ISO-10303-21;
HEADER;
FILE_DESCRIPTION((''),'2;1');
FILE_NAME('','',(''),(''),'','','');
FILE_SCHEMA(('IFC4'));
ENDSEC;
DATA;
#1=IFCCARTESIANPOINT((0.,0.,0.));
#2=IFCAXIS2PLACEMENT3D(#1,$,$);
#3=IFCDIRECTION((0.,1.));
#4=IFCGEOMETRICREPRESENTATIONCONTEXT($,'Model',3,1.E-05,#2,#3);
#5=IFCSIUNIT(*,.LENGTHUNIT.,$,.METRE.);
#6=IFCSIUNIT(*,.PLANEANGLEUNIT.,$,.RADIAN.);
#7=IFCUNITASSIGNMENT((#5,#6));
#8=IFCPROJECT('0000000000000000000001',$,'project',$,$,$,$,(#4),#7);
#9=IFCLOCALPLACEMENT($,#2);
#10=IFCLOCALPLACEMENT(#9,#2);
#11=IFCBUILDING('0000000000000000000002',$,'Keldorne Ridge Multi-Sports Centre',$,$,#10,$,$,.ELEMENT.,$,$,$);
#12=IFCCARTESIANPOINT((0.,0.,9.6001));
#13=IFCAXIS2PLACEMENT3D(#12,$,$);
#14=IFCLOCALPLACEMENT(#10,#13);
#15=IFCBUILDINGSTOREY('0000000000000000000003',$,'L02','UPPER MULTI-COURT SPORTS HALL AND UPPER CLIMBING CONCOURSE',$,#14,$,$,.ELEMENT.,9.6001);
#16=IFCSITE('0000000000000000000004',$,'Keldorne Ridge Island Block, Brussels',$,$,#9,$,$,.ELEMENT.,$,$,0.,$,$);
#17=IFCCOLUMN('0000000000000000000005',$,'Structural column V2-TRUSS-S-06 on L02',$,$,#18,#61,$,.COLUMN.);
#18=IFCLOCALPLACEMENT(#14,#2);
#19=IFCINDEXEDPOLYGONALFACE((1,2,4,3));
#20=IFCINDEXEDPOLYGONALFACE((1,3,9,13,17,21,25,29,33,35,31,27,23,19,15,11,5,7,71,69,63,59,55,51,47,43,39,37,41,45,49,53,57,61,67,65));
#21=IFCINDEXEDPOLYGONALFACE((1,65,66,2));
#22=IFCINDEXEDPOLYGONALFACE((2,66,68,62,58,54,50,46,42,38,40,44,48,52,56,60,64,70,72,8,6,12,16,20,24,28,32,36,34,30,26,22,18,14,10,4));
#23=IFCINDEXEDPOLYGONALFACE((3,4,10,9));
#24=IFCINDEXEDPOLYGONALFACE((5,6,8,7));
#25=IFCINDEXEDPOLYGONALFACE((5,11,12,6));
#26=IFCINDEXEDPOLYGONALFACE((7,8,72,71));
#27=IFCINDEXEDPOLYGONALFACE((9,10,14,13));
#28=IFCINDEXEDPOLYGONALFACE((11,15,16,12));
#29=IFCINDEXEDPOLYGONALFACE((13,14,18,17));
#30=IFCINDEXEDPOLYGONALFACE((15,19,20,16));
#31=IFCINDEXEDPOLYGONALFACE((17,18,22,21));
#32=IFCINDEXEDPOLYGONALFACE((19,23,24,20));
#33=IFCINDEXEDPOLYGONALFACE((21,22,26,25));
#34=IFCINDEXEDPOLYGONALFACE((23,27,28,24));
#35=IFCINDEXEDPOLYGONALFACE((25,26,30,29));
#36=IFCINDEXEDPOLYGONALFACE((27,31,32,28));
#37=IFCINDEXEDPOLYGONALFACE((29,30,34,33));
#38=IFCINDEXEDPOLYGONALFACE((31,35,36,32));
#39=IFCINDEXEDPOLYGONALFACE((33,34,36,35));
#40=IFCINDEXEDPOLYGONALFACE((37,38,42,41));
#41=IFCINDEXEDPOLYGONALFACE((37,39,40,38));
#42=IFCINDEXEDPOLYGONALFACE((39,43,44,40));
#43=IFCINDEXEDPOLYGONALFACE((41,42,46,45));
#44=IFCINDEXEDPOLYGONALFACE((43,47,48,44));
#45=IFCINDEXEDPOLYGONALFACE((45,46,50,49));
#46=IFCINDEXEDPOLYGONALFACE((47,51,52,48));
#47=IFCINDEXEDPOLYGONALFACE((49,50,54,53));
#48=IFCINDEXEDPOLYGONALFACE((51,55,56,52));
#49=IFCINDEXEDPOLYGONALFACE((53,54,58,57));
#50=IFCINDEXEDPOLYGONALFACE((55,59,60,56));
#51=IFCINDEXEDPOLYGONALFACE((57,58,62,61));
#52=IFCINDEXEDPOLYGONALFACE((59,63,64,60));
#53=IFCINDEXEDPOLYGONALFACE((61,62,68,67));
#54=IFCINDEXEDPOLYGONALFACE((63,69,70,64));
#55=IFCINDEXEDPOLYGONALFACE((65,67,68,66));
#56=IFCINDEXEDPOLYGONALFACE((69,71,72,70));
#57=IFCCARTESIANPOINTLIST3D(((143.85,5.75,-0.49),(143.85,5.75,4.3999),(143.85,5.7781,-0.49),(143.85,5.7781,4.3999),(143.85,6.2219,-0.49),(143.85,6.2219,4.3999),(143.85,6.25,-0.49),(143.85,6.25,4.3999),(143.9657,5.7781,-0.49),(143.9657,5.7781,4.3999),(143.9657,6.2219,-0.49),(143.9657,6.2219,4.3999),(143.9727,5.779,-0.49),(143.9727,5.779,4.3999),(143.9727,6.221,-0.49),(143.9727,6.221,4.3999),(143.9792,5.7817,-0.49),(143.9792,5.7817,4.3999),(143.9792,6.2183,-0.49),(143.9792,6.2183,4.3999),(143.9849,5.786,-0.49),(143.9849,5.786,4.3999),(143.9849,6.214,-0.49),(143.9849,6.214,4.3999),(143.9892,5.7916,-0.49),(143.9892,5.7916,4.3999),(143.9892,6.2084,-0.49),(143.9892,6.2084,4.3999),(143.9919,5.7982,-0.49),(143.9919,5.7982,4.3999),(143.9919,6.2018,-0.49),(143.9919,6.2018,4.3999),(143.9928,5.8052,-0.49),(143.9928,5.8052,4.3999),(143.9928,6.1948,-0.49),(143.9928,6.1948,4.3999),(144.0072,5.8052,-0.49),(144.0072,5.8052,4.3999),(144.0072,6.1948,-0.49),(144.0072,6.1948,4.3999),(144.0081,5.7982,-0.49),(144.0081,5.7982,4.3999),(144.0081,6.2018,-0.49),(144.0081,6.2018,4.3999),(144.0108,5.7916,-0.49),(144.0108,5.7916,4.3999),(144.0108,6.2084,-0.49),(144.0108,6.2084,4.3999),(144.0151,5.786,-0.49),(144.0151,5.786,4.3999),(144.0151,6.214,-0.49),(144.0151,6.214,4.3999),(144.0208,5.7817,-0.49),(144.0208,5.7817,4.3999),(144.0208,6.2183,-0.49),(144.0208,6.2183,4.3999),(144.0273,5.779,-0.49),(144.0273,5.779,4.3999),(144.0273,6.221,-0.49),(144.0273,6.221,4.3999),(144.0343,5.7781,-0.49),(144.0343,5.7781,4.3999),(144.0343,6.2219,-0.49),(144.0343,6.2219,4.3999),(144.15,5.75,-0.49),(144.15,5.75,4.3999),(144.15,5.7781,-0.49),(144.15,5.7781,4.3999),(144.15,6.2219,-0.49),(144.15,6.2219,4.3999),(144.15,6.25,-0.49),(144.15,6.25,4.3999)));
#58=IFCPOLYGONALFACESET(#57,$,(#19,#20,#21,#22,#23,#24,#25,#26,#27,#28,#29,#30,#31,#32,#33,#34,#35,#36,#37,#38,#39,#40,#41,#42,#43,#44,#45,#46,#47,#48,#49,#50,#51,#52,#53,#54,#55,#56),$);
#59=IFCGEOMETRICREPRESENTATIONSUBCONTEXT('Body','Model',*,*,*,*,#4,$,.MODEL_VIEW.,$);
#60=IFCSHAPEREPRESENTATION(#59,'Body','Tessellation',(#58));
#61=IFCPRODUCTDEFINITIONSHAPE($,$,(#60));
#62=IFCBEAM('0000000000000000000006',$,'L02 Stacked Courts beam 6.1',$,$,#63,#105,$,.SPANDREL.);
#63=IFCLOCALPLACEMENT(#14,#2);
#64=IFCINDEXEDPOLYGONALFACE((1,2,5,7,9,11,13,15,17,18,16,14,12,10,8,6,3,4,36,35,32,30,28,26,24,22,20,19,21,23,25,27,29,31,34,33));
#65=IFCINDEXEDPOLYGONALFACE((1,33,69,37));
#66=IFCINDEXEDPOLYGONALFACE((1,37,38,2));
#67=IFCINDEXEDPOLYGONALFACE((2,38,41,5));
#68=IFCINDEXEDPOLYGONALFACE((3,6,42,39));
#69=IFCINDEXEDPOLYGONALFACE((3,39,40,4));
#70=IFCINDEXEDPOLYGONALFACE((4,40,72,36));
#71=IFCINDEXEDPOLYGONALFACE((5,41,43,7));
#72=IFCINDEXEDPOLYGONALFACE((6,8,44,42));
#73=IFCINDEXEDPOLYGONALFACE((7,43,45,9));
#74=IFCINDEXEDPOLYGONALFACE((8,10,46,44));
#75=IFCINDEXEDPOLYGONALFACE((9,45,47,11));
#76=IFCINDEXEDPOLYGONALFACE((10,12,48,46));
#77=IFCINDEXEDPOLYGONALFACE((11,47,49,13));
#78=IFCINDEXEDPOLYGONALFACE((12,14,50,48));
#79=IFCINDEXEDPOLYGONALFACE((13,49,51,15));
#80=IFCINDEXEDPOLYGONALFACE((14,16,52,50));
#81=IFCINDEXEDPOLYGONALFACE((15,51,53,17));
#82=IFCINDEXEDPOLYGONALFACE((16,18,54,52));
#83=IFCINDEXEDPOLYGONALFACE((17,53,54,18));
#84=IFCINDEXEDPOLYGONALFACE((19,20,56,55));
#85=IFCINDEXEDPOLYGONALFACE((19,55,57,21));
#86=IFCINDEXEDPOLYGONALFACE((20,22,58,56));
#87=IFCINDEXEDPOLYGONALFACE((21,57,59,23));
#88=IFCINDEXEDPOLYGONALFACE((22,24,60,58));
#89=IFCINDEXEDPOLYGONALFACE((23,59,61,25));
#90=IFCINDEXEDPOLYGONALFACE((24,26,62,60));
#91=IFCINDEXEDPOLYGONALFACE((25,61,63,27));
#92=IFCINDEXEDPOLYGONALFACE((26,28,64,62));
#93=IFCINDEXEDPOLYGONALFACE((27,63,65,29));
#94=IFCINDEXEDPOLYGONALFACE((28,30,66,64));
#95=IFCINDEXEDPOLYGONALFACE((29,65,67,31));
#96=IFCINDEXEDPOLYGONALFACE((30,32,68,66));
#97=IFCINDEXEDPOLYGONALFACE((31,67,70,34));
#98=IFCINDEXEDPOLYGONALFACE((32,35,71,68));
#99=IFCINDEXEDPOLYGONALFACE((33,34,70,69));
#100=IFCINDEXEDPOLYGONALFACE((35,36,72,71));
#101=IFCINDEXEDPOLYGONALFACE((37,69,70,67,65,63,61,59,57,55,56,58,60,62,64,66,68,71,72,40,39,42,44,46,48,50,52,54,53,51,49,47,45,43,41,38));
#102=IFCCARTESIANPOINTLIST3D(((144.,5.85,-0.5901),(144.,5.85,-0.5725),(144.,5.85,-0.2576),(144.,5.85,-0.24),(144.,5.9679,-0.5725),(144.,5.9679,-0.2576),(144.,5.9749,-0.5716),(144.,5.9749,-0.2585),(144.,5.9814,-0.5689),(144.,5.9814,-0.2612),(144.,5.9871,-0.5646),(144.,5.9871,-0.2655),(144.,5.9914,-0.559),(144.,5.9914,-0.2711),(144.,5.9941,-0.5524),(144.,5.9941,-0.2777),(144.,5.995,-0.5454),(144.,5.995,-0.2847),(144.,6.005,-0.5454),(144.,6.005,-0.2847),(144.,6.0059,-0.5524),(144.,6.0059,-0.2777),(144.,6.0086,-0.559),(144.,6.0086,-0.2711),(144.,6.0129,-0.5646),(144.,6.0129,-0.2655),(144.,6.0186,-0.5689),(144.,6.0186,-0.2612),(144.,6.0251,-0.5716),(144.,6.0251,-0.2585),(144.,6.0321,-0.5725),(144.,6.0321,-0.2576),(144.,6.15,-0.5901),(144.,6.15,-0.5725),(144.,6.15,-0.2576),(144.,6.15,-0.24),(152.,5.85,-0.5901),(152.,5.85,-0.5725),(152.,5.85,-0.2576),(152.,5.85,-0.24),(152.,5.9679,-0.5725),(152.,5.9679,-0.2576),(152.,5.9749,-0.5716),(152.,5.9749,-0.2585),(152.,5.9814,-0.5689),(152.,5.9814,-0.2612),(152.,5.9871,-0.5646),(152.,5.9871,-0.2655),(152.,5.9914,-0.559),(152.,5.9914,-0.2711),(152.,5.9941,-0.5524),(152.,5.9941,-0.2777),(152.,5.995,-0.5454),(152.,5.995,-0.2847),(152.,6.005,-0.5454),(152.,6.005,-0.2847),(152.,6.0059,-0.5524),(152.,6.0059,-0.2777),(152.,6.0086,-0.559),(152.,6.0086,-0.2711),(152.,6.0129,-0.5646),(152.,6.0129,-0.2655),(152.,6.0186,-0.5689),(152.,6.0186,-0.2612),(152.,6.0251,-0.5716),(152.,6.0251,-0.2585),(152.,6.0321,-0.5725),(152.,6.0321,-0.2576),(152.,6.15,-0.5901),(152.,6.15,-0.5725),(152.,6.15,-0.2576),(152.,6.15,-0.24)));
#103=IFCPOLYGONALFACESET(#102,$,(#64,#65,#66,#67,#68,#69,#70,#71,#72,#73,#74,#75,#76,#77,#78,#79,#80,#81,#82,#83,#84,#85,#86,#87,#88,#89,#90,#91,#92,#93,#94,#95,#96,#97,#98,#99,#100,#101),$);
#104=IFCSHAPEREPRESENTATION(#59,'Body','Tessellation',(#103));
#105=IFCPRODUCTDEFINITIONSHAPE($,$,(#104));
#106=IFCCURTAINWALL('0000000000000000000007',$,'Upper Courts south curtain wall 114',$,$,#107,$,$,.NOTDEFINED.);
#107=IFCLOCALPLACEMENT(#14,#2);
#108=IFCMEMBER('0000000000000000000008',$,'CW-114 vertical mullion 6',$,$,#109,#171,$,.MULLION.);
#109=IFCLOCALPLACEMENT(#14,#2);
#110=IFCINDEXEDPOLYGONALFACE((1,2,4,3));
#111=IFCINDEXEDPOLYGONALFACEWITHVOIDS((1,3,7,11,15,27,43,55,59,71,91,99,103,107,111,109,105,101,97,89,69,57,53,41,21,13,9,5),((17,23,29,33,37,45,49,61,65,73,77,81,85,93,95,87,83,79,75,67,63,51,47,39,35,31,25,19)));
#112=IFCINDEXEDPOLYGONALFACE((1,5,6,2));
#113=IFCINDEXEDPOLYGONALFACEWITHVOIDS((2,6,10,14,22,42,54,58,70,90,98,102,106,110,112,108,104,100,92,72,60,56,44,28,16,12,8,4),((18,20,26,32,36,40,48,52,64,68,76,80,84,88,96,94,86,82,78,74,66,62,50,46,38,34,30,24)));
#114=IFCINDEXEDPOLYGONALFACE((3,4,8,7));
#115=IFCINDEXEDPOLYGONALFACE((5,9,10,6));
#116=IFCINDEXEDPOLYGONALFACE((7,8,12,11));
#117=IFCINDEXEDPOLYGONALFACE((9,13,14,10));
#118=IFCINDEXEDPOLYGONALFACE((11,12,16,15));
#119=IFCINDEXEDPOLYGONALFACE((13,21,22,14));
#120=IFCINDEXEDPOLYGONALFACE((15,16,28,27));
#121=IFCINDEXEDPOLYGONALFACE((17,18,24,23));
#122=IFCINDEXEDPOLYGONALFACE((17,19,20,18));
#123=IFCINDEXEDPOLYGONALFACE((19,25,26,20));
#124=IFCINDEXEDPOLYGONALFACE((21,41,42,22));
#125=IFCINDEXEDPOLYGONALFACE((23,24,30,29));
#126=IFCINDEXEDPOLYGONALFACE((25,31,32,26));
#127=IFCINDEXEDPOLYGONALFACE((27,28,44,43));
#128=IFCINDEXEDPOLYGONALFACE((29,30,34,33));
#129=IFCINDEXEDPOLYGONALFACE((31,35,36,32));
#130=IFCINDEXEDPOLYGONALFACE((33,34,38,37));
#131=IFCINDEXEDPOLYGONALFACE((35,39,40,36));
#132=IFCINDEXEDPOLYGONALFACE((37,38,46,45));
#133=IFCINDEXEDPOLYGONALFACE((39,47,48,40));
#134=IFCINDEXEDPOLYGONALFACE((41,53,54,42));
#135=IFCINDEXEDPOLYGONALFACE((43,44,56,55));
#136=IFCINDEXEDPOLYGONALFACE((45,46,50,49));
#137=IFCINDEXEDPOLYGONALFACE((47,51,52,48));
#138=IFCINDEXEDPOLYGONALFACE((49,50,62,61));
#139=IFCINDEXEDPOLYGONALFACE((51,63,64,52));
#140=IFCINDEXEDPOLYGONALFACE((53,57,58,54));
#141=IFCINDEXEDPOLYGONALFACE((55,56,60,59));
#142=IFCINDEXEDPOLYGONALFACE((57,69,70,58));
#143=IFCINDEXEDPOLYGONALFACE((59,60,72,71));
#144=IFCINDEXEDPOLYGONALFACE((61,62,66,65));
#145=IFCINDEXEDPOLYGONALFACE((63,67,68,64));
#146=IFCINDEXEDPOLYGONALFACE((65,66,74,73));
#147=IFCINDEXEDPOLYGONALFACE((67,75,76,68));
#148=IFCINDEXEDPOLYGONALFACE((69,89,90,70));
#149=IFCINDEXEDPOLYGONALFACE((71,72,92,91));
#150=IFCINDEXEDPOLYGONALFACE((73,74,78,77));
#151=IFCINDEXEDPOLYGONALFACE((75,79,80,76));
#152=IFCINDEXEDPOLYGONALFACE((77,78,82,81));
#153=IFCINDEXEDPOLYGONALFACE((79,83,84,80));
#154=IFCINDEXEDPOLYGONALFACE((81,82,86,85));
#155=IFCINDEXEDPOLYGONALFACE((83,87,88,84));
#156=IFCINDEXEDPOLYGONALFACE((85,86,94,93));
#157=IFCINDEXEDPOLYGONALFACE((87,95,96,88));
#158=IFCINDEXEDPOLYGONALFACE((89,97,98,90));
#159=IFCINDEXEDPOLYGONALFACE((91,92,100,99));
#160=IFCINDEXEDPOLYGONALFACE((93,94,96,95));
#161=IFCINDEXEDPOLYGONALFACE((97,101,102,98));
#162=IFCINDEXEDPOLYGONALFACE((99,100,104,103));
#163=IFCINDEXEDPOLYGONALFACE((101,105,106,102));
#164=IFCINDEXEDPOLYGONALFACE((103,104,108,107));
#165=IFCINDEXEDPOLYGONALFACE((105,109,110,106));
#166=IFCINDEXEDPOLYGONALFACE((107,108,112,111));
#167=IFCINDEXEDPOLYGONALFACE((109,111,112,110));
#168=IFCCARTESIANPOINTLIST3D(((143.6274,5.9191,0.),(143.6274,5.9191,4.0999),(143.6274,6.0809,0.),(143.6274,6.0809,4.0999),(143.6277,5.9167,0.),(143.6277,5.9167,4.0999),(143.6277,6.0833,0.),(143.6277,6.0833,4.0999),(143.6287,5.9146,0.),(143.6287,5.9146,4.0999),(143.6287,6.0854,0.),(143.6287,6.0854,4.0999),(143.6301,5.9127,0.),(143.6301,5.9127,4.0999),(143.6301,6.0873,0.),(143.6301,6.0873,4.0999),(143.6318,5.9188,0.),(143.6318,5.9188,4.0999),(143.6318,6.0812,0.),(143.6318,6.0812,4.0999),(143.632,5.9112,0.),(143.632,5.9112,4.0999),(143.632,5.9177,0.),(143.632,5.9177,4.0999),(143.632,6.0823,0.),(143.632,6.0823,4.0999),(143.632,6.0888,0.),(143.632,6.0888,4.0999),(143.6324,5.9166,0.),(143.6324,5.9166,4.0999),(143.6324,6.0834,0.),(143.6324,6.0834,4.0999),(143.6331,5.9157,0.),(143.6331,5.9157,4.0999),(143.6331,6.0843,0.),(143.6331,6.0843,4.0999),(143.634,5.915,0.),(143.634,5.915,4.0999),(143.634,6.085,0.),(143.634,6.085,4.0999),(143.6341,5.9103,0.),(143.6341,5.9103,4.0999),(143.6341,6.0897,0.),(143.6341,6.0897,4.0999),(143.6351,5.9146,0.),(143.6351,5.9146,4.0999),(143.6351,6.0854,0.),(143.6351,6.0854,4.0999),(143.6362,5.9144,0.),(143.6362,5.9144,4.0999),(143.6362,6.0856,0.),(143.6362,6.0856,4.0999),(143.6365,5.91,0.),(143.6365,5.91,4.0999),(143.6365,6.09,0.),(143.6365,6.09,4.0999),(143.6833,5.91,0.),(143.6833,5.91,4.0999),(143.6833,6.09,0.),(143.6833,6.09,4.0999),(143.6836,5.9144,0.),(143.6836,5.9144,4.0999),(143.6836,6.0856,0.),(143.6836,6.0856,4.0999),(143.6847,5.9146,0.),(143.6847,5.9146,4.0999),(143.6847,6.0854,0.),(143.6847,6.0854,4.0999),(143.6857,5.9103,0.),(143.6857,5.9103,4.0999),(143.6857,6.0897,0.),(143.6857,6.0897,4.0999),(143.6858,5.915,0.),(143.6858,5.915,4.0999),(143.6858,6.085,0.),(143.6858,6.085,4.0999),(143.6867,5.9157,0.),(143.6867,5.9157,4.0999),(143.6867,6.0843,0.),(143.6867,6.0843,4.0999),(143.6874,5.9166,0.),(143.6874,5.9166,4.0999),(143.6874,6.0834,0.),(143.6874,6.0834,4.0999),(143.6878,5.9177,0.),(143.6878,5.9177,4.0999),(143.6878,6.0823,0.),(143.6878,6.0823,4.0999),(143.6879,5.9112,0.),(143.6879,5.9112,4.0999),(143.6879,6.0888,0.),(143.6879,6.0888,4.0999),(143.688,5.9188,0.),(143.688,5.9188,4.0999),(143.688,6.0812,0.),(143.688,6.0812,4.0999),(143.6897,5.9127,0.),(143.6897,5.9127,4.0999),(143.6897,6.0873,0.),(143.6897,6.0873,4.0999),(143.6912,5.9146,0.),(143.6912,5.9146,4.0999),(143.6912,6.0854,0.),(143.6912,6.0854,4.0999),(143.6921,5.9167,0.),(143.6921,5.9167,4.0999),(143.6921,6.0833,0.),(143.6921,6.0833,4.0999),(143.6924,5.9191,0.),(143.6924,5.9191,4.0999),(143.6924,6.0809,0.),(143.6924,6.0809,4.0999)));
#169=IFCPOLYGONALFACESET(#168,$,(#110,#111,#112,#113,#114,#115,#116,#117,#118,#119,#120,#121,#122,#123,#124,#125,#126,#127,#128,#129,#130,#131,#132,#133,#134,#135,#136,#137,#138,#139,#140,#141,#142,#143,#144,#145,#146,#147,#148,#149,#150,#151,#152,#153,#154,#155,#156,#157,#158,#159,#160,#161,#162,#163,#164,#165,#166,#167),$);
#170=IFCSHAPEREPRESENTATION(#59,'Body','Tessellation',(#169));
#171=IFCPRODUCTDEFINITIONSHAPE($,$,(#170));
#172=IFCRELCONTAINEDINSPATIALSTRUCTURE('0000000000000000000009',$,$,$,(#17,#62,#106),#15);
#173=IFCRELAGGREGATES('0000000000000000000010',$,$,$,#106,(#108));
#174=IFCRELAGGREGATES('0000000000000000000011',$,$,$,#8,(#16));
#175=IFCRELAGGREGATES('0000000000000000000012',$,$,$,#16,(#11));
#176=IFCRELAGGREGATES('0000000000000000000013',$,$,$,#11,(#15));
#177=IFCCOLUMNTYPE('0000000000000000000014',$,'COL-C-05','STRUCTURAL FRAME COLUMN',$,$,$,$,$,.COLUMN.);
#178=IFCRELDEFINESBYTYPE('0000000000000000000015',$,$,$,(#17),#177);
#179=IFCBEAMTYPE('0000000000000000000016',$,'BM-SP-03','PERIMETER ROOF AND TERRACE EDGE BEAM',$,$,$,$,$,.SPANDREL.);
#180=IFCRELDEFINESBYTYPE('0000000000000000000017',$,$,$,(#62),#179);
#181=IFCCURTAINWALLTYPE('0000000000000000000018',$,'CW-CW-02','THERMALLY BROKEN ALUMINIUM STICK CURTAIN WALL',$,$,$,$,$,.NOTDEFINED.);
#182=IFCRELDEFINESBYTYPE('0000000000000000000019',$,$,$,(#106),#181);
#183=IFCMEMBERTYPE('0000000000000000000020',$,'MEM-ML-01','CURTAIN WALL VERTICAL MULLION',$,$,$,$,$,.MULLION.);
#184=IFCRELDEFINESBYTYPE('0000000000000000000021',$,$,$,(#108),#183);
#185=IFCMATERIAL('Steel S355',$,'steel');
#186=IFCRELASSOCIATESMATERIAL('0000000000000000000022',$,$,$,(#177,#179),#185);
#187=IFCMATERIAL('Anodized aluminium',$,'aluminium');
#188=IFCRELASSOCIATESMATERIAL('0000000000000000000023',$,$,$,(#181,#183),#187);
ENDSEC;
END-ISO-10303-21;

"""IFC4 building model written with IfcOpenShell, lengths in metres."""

from ifc_helpers import new_model, si_unit, direction, frame, origin, origin_2d, place, context, subcontext, project, spatial, hollow_rectangle, i_section, extrude, material, material_profile, profile_set, type_object, element, aggregate, save


model = new_model("IFC4")

# Units and contexts
model_context = context("Model", 3, precision=1e-05, world=origin(), true_north=direction((0.0, 1.0)))
body_context = subcontext(model_context, "Body", "Model", "MODEL_VIEW")
ifc_project = project(units=[si_unit("LENGTHUNIT", "METRE"), si_unit("PLANEANGLEUNIT", "RADIAN")], contexts=[model_context])

# Site, building, storey
site_placement = place(None, origin())
site = spatial("IfcSite", under=ifc_project, at=site_placement, Name="Keldorne Ridge Island Block, Brussels", CompositionType="ELEMENT", RefElevation=0.0)
building_placement = place(site_placement, origin())
building = spatial("IfcBuilding", under=site, at=building_placement, Name="Keldorne Ridge Multi-Sports Centre", CompositionType="ELEMENT")
storey_placement = place(building_placement, frame((0.0, 0.0, 9.6001)))
storey = spatial("IfcBuildingStorey", under=building, at=storey_placement, Name="L02", Description="UPPER MULTI-COURT SPORTS HALL AND UPPER CLIMBING CONCOURSE", CompositionType="ELEMENT", Elevation=9.6001)

# Column
ifc_material_1 = material(Name="Steel S355", Category="steel")
ifc_material_profile_1 = material_profile(ifc_material_1, i_section(OverallWidth=0.3, OverallDepth=0.5, WebThickness=0.0144, FlangeThickness=0.0281, FilletRadius=0.0271, at=origin_2d()), Name="HEB 500")
ifc_profile_set_1 = profile_set([ifc_material_profile_1], Name="Steel S355")
column_type = type_object("IfcColumnType", Name="COL-C-05", Description="STRUCTURAL FRAME COLUMN", PredefinedType="COLUMN", material=ifc_profile_set_1)
column_placement = place(storey_placement, frame((144.0, 6.0, -0.49), z_axis=(0.0, 0.0, 1.0), x_axis=(1.0, 0.0, 0.0)))
element("IfcColumn", 1, at=column_placement, inside=storey, type_object=column_type, Name="Structural column V2-TRUSS-S-06 on L02", PredefinedType="COLUMN", context=body_context, shape_type="SweptSolid", body=[
    extrude(i_section(OverallWidth=0.3, OverallDepth=0.5, WebThickness=0.0144, FlangeThickness=0.0281, FilletRadius=0.0271, at=origin_2d()), origin(), (0.0, 0.0, 1.0), 4.8899),
])

# Beam
ifc_material_profile_2 = material_profile(ifc_material_1, i_section(OverallWidth=0.3, OverallDepth=0.3501, WebThickness=0.01, FlangeThickness=0.0176, FilletRadius=0.0271, at=origin_2d()), Name="HEA 360")
ifc_profile_set_2 = profile_set([ifc_material_profile_2], Name="Steel S355")
beam_type = type_object("IfcBeamType", Name="BM-SP-03", Description="PERIMETER ROOF AND TERRACE EDGE BEAM", PredefinedType="SPANDREL", material=ifc_profile_set_2)
beam_placement = place(storey_placement, frame((144.0, 6.0, -0.415), z_axis=(1.0, 0.0, 0.0), x_axis=(0.0, 1.0, 0.0)))
element("IfcBeam", 2, at=beam_placement, inside=storey, type_object=beam_type, Name="L02 Stacked Courts beam 6.1", PredefinedType="SPANDREL", context=body_context, shape_type="SweptSolid", body=[
    extrude(i_section(OverallWidth=0.3, OverallDepth=0.3501, WebThickness=0.01, FlangeThickness=0.0176, FilletRadius=0.0271, at=origin_2d()), origin(), (0.0, 0.0, 1.0), 8.0),
])

# Curtain wall, member
ifc_material_2 = material(Name="Anodized aluminium", Category="aluminium")
curtain_wall_type_1 = type_object("IfcCurtainWallType", Name="CW-CW-02", Description="THERMALLY BROKEN ALUMINIUM STICK CURTAIN WALL", PredefinedType="NOTDEFINED", material=ifc_material_2)
curtain_wall_1_placement = place(storey_placement, origin())
curtain_wall_1 = element("IfcCurtainWall", 3, at=curtain_wall_1_placement, inside=storey, type_object=curtain_wall_type_1, Name="Upper Courts south curtain wall 114", PredefinedType="NOTDEFINED")
ifc_material_profile_3 = material_profile(ifc_material_2, hollow_rectangle(XDim=0.0649, YDim=0.1799, WallThickness=0.0044, InnerFilletRadius=0.0044, OuterFilletRadius=0.009, at=origin_2d()), Name="ALU MULLION 180x65x4.5")
ifc_profile_set_3 = profile_set([ifc_material_profile_3], Name="Anodized aluminium")
member_type_1 = type_object("IfcMemberType", Name="MEM-ML-01", Description="CURTAIN WALL VERTICAL MULLION", PredefinedType="MULLION", material=ifc_profile_set_3)
member_1_placement = place(storey_placement, frame((143.6599, 6.0, 0.0), z_axis=(0.0, 0.0, 1.0), x_axis=(1.0, 0.0, 0.0)))
member_1 = element("IfcMember", 4, at=member_1_placement, type_object=member_type_1, Name="CW-114 vertical mullion 6", PredefinedType="MULLION", context=body_context, shape_type="SweptSolid", body=[
    extrude(hollow_rectangle(XDim=0.0649, YDim=0.1799, WallThickness=0.0044, InnerFilletRadius=0.0044, OuterFilletRadius=0.009, at=origin_2d()), origin(), (0.0, 0.0, 1.0), 4.0999),
])

aggregate(curtain_wall_1, [member_1])

save(model, "model.ifc")
